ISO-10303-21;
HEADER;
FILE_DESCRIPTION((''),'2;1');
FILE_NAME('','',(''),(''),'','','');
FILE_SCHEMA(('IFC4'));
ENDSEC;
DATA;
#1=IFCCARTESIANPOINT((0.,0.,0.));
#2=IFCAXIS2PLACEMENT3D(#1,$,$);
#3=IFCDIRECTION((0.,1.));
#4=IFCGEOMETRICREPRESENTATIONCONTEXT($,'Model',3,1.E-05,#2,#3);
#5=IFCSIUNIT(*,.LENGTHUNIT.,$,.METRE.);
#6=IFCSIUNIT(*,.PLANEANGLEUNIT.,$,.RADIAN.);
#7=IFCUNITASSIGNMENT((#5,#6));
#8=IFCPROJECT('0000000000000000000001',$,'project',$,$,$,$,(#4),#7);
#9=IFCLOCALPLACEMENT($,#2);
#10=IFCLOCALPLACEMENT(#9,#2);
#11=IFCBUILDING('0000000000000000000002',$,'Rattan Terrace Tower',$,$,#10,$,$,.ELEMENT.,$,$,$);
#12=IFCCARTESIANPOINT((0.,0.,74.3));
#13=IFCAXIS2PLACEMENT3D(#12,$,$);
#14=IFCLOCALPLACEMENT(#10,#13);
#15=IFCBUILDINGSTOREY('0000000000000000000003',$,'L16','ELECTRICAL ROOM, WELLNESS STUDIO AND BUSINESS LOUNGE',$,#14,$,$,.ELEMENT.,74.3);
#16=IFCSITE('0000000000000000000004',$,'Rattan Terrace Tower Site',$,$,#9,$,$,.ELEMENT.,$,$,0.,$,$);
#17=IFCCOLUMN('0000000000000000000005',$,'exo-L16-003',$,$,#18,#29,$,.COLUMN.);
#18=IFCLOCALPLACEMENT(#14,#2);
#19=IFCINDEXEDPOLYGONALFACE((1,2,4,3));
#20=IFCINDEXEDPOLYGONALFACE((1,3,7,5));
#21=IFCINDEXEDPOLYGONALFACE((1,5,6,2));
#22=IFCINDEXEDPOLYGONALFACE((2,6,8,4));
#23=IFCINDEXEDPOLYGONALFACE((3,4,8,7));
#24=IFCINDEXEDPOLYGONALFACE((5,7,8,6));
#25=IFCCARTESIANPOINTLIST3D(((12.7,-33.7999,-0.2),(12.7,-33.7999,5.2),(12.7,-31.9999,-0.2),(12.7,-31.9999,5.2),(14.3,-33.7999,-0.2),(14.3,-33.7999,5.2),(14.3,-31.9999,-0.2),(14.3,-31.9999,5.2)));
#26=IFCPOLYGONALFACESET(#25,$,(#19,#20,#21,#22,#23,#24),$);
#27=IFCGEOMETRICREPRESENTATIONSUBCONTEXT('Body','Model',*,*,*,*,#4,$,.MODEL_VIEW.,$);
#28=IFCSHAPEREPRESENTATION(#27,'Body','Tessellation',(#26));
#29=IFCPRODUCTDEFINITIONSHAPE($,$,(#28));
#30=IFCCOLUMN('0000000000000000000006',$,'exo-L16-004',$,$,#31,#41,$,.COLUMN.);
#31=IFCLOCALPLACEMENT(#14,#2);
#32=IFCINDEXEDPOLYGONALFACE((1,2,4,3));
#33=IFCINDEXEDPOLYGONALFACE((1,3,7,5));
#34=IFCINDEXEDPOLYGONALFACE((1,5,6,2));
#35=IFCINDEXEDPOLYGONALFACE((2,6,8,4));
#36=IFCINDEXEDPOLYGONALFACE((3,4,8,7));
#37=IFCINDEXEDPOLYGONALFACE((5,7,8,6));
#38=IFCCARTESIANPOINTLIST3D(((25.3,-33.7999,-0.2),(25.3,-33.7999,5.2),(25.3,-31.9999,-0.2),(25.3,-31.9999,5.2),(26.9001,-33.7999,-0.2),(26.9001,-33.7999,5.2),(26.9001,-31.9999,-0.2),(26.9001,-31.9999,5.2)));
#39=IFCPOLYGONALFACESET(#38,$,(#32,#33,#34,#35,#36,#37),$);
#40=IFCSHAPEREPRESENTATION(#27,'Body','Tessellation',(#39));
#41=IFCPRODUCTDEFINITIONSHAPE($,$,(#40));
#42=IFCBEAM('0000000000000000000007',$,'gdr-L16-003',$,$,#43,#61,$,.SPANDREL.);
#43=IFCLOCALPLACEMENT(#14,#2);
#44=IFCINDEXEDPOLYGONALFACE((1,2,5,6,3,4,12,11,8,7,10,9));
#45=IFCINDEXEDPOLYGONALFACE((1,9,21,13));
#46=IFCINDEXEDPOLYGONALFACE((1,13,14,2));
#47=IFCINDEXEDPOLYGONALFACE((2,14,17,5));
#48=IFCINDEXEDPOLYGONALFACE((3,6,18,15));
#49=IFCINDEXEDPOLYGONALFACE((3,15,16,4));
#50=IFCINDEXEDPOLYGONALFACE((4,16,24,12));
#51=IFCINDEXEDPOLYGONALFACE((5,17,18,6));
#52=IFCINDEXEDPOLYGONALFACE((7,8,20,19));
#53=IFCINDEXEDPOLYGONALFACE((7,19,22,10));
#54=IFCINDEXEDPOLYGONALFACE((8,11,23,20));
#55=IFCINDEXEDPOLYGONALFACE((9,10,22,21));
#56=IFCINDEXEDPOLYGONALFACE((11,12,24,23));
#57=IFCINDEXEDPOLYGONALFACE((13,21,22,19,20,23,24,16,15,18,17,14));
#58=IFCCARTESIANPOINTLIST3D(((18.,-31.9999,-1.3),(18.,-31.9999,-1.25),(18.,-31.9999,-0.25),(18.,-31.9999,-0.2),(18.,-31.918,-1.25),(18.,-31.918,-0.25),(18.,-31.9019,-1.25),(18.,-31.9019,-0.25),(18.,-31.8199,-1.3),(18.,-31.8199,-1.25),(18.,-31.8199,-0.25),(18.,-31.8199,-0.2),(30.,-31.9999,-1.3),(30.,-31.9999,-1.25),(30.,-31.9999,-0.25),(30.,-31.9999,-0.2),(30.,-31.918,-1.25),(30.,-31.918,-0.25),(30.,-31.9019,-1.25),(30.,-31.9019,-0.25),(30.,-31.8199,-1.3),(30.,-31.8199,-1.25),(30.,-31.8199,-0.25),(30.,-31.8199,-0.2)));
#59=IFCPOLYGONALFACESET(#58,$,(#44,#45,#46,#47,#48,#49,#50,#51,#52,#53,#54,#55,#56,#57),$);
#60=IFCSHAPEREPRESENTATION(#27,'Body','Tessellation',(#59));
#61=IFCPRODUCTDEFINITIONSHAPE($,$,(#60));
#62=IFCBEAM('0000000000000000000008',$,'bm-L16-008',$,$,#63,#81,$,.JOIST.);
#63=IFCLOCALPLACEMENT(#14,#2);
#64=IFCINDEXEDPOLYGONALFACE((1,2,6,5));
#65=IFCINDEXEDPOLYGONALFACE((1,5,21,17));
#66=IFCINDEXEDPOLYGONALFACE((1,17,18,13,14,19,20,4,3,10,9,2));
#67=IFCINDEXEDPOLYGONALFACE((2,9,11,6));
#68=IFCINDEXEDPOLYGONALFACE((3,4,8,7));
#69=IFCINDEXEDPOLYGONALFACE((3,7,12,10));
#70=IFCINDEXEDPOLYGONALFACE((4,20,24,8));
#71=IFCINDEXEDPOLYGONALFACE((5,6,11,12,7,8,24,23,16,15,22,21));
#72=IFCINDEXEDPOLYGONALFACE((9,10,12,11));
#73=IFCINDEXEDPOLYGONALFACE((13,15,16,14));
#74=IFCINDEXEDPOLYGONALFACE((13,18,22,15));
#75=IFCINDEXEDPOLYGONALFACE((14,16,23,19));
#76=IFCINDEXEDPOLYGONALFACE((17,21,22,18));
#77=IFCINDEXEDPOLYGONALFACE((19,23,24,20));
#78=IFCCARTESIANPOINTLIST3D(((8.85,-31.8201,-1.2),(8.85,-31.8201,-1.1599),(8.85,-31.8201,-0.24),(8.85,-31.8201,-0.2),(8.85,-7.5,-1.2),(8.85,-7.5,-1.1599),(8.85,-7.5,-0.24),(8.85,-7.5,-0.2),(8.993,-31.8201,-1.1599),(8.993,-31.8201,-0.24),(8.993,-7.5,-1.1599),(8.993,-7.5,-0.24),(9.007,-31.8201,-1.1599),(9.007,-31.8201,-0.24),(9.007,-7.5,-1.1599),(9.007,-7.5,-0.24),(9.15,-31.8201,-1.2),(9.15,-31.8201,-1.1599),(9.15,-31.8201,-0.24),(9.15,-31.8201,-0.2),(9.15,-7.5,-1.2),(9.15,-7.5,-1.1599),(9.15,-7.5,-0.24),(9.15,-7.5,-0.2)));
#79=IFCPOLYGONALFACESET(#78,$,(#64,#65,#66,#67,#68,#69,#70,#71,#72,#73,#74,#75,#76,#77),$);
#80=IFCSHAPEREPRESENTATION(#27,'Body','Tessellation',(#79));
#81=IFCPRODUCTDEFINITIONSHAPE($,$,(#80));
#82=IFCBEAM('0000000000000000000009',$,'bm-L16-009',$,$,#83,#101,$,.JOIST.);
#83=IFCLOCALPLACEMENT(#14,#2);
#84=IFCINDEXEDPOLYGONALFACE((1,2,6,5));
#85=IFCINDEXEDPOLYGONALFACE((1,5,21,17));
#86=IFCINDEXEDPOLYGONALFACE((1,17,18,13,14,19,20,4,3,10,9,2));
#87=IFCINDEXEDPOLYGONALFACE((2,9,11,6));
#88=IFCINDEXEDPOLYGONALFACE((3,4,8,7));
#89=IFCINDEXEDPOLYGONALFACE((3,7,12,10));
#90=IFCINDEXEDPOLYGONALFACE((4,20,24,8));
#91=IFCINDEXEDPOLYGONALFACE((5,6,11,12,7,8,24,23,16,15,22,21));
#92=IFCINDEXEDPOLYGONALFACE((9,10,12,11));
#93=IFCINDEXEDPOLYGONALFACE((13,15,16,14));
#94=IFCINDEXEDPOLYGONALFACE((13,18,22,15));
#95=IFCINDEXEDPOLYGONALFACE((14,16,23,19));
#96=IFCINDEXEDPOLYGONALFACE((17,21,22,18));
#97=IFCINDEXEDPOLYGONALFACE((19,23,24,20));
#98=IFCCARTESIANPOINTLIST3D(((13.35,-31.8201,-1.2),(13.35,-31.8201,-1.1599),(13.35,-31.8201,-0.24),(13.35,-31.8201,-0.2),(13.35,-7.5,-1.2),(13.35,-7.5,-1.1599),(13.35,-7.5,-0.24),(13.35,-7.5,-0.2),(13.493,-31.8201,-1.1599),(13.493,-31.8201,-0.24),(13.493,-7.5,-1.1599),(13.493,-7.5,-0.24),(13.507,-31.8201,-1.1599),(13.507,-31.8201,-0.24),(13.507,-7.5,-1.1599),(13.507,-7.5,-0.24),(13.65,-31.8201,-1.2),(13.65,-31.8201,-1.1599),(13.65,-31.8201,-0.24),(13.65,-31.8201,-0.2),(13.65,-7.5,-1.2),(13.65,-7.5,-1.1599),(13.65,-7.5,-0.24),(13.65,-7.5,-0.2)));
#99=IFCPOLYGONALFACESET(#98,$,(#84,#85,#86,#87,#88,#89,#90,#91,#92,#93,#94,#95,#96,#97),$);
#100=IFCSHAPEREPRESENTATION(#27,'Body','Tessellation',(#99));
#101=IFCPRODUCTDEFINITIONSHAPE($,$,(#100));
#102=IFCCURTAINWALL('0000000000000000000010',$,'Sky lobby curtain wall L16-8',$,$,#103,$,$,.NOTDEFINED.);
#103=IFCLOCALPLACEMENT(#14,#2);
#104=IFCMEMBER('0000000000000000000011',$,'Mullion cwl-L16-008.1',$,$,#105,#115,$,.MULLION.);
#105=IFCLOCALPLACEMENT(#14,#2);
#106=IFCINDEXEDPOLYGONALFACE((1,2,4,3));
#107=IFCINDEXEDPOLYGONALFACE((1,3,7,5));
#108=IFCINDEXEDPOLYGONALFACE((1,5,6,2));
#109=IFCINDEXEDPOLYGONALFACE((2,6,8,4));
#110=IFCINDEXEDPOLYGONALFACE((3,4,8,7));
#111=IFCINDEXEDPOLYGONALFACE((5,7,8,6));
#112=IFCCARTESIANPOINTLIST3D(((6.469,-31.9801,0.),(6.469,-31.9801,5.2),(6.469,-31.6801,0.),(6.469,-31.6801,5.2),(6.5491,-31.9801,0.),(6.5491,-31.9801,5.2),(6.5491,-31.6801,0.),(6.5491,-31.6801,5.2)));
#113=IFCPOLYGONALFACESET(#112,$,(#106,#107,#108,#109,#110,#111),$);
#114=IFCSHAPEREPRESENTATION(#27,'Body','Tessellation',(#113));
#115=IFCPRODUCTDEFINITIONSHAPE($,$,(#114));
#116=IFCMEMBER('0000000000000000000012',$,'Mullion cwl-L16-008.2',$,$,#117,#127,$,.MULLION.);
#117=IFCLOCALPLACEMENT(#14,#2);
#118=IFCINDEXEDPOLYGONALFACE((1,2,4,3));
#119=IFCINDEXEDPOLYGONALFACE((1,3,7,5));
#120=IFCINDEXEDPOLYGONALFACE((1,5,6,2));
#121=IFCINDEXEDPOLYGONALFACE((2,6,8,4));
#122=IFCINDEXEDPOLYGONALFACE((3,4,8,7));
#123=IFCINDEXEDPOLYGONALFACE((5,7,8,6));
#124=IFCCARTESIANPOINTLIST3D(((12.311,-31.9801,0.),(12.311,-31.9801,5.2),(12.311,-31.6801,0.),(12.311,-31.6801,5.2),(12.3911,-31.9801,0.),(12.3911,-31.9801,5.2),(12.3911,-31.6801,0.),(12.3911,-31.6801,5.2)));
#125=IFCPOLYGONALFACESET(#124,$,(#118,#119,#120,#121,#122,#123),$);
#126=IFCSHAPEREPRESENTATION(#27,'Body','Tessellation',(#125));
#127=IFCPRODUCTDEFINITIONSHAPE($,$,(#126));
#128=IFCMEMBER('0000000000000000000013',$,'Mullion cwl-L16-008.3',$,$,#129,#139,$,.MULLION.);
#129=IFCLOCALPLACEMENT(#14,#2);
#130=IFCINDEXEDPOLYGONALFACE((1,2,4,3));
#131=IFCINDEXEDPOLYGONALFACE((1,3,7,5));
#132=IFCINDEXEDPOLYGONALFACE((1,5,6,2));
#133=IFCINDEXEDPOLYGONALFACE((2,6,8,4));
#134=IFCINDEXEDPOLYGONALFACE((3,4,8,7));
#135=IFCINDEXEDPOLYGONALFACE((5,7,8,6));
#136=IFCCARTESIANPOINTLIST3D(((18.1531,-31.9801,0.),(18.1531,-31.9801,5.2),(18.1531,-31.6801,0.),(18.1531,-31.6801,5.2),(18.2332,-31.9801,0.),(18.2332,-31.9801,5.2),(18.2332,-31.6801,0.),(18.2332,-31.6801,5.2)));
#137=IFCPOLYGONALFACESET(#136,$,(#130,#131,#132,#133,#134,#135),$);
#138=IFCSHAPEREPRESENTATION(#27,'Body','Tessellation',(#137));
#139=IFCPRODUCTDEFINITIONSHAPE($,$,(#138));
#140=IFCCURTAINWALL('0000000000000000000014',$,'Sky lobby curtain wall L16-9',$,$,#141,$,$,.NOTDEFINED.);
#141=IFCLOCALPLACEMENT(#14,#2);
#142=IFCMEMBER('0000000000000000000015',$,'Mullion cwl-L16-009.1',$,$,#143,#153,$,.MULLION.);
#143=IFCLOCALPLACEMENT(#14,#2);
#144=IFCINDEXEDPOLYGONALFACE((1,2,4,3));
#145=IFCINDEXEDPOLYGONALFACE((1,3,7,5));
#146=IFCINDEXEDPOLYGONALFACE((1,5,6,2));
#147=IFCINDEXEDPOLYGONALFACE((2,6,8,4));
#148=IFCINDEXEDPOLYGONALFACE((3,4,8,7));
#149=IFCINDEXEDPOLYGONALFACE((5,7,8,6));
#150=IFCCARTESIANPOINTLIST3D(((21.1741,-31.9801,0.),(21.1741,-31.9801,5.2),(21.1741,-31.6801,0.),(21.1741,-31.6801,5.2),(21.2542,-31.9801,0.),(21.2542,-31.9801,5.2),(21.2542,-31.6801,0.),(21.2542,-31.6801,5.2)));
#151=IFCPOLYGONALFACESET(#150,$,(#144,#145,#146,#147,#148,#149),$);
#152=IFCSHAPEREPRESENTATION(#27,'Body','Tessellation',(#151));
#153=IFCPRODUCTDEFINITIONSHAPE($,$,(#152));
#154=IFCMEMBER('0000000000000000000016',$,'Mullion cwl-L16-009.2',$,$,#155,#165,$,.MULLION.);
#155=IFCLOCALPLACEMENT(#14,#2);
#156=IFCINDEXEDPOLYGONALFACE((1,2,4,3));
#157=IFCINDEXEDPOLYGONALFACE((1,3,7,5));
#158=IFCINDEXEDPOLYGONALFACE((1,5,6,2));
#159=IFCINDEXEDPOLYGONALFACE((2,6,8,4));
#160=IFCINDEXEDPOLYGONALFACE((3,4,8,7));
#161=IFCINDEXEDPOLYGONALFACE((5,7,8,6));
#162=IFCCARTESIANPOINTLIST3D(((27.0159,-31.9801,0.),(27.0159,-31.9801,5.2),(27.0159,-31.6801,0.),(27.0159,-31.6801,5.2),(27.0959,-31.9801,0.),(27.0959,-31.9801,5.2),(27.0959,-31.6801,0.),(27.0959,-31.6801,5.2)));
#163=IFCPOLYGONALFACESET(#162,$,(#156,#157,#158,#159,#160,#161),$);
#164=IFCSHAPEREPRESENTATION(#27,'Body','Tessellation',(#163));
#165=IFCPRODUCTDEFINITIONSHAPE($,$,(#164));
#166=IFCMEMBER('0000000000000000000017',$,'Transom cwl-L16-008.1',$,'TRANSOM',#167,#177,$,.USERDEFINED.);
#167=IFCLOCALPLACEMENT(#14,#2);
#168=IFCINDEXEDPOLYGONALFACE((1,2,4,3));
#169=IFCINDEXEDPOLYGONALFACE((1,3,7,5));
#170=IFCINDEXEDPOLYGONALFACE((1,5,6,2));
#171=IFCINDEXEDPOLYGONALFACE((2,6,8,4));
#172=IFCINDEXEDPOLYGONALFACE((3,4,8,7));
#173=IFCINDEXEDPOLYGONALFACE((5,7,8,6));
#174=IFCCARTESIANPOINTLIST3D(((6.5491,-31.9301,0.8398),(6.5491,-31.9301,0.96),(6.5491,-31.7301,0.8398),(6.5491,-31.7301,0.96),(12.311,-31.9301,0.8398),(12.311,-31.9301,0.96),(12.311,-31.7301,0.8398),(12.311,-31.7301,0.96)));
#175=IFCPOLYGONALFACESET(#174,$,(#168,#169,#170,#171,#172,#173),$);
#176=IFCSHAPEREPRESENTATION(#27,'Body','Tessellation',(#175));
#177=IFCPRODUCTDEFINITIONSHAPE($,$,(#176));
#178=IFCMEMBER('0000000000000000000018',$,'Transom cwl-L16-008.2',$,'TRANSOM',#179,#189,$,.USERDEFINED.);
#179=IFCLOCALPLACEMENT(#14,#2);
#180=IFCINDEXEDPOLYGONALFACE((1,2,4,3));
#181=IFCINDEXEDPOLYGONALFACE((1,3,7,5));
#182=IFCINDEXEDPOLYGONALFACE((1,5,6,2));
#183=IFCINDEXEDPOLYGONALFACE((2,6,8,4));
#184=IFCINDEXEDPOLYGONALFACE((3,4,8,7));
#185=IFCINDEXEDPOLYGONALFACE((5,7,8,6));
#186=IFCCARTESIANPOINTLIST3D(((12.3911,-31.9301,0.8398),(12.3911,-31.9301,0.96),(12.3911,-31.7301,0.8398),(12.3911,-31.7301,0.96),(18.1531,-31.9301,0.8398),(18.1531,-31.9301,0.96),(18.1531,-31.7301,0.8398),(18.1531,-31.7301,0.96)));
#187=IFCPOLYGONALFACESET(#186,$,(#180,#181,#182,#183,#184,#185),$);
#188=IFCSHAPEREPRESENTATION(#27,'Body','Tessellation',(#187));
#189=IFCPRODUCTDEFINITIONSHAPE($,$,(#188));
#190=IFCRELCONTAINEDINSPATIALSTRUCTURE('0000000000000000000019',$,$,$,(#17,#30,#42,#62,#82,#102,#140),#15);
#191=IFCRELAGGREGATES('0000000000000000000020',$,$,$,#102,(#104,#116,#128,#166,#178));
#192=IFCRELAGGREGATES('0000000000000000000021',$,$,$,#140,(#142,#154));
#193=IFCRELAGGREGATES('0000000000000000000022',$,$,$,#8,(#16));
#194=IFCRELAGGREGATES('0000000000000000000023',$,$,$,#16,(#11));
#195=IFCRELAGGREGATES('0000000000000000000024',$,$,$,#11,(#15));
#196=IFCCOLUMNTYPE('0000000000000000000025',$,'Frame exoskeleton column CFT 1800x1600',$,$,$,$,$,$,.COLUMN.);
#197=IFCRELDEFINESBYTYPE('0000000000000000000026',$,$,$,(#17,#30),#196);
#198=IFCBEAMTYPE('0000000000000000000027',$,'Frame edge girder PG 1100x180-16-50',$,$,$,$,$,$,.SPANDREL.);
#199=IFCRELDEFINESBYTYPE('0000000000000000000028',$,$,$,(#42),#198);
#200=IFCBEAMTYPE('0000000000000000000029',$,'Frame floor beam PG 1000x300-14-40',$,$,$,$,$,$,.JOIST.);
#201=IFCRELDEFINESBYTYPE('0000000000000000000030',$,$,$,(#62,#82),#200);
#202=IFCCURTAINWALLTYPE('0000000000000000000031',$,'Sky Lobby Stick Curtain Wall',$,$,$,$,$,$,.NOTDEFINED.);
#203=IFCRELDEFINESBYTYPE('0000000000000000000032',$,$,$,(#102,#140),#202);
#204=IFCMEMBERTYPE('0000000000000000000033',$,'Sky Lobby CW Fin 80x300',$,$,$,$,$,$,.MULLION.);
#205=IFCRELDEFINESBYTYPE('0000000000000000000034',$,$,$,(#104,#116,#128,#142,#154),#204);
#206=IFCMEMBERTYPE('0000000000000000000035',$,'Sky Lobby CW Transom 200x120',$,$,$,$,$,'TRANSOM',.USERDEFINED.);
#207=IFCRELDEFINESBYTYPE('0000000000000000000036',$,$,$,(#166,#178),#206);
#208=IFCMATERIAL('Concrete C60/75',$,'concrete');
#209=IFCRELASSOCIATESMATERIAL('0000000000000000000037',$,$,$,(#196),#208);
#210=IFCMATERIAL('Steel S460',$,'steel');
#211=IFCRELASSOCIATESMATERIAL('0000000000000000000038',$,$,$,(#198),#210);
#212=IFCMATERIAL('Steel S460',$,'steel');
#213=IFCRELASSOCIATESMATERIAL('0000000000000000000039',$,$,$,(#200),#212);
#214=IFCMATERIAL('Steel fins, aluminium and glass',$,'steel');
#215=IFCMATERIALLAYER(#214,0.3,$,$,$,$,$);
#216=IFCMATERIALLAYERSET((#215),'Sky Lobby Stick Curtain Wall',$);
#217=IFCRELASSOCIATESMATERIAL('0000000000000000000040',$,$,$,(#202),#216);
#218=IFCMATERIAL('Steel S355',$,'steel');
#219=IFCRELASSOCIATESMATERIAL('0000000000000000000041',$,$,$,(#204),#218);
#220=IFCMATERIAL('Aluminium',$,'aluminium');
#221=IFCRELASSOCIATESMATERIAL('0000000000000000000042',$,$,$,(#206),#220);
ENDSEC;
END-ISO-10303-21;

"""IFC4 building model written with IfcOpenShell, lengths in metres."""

from ifc_helpers import new_model, si_unit, direction, frame, origin, origin_2d, place, context, subcontext, project, spatial, rectangle, i_section, extrude, material, layer, layer_set, material_profile, profile_set, type_object, element, aggregate, save


model = new_model("IFC4")

# Units and contexts
model_context = context("Model", 3, precision=1e-05, world=origin(), true_north=direction((0.0, 1.0)))
body_context = subcontext(model_context, "Body", "Model", "MODEL_VIEW")
ifc_project = project(units=[si_unit("LENGTHUNIT", "METRE"), si_unit("PLANEANGLEUNIT", "RADIAN")], contexts=[model_context])

# Site, building, storey
site_placement = place(None, origin())
site = spatial("IfcSite", under=ifc_project, at=site_placement, Name="Rattan Terrace Tower Site", CompositionType="ELEMENT", RefElevation=0.0)
building_placement = place(site_placement, origin())
building = spatial("IfcBuilding", under=site, at=building_placement, Name="Rattan Terrace Tower", CompositionType="ELEMENT")
storey_placement = place(building_placement, frame((0.0, 0.0, 74.3)))
storey = spatial("IfcBuildingStorey", under=building, at=storey_placement, Name="L16", Description="ELECTRICAL ROOM, WELLNESS STUDIO AND BUSINESS LOUNGE", CompositionType="ELEMENT", Elevation=74.3)

# Columns
ifc_material_1 = material(Name="Concrete C60/75", Category="concrete")
ifc_material_profile_1 = material_profile(ifc_material_1, rectangle(XDim=1.6001, YDim=1.8, at=origin_2d()), Name="CFT 1800x1600")
ifc_profile_set_1 = profile_set([ifc_material_profile_1], Name="Concrete C60/75")
column_type = type_object("IfcColumnType", Name="Frame exoskeleton column CFT 1800x1600", PredefinedType="COLUMN", material=ifc_profile_set_1)
for number, where, z_axis, x_axis, name in (
    (1, (13.5, -32.8999, -0.2), (0.0, 0.0, 1.0), (1.0, 0.0, 0.0), "exo-L16-003"),
    (2, (26.1001, -32.8999, -0.2), (0.0, 0.0, 1.0), (1.0, 0.0, 0.0), "exo-L16-004"),
):
    element("IfcColumn", number, at=place(storey_placement, frame(where, z_axis=z_axis, x_axis=x_axis)), inside=storey, type_object=column_type, Name=name, PredefinedType="COLUMN", context=body_context, shape_type="SweptSolid", body=[
        extrude(rectangle(XDim=1.6001, YDim=1.8, at=origin_2d()), origin(), (0.0, 0.0, 1.0), 5.3999),
    ])

# Beams
ifc_material_2 = material(Name="Steel S460", Category="steel")
ifc_material_profile_2 = material_profile(ifc_material_2, i_section(OverallWidth=0.1799, OverallDepth=1.1001, WebThickness=0.0161, FlangeThickness=0.05, at=origin_2d()), Name="PG 1100x180-16-50")
ifc_profile_set_2 = profile_set([ifc_material_profile_2], Name="Steel S460")
beam_type_1 = type_object("IfcBeamType", Name="Frame edge girder PG 1100x180-16-50", PredefinedType="SPANDREL", material=ifc_profile_set_2)
beam_placement = place(storey_placement, frame((30.0, -31.9099, -0.75), z_axis=(-1.0, 0.0, 0.0), x_axis=(0.0, -1.0, 0.0)))
element("IfcBeam", 3, at=beam_placement, inside=storey, type_object=beam_type_1, Name="gdr-L16-003", PredefinedType="SPANDREL", context=body_context, shape_type="SweptSolid", body=[
    extrude(i_section(OverallWidth=0.1799, OverallDepth=1.1001, WebThickness=0.0161, FlangeThickness=0.05, at=origin_2d()), origin(), (0.0, 0.0, 1.0), 12.0),
])
ifc_material_3 = material(Name="Steel S460", Category="steel")
ifc_material_profile_3 = material_profile(ifc_material_3, i_section(OverallWidth=0.3, OverallDepth=1.0, WebThickness=0.0139, FlangeThickness=0.04, at=origin_2d()), Name="PG 1000x300-14-40")
ifc_profile_set_3 = profile_set([ifc_material_profile_3], Name="Steel S460")
beam_type_2 = type_object("IfcBeamType", Name="Frame floor beam PG 1000x300-14-40", PredefinedType="JOIST", material=ifc_profile_set_3)
for number, where, z_axis, x_axis, name in (
    (4, (9.0, -31.8201, -0.7), (0.0, 1.0, 0.0), (-1.0, 0.0, 0.0), "bm-L16-008"),
    (5, (13.5, -31.8201, -0.7), (0.0, 1.0, 0.0), (-1.0, 0.0, 0.0), "bm-L16-009"),
):
    element("IfcBeam", number, at=place(storey_placement, frame(where, z_axis=z_axis, x_axis=x_axis)), inside=storey, type_object=beam_type_2, Name=name, PredefinedType="JOIST", context=body_context, shape_type="SweptSolid", body=[
        extrude(i_section(OverallWidth=0.3, OverallDepth=1.0, WebThickness=0.0139, FlangeThickness=0.04, at=origin_2d()), origin(), (0.0, 0.0, 1.0), 24.3201),
    ])

# Curtain walls, members
ifc_material_4 = material(Name="Steel fins, aluminium and glass", Category="steel")
ifc_layer_1 = layer(ifc_material_4, 0.3)
ifc_layer_set_1 = layer_set([ifc_layer_1], Name="Sky Lobby Stick Curtain Wall")
curtain_wall_type = type_object("IfcCurtainWallType", Name="Sky Lobby Stick Curtain Wall", PredefinedType="NOTDEFINED", material=ifc_layer_set_1)
curtain_wall_1_placement = place(storey_placement, origin())
curtain_wall_1 = element("IfcCurtainWall", 6, at=curtain_wall_1_placement, inside=storey, type_object=curtain_wall_type, Name="Sky lobby curtain wall L16-8", PredefinedType="NOTDEFINED")
ifc_material_5 = material(Name="Steel S355", Category="steel")
ifc_material_profile_4 = material_profile(ifc_material_5, rectangle(XDim=0.0801, YDim=0.3, at=origin_2d()), Name="Steel S355 80x300")
ifc_profile_set_4 = profile_set([ifc_material_profile_4], Name="Steel S355")
member_type_1 = type_object("IfcMemberType", Name="Sky Lobby CW Fin 80x300", PredefinedType="MULLION", material=ifc_profile_set_4)
member_1_placement = place(storey_placement, frame((6.509, -31.8301, 0.0), z_axis=(0.0, 0.0, 1.0), x_axis=(1.0, 0.0, 0.0)))
member_1 = element("IfcMember", 7, at=member_1_placement, type_object=member_type_1, Name="Mullion cwl-L16-008.1", PredefinedType="MULLION", context=body_context, shape_type="SweptSolid", body=[
    extrude(rectangle(XDim=0.0801, YDim=0.3, at=origin_2d()), origin(), (0.0, 0.0, 1.0), 5.2),
])
member_2_placement = place(storey_placement, frame((12.3511, -31.8301, 0.0), z_axis=(0.0, 0.0, 1.0), x_axis=(1.0, 0.0, 0.0)))
member_2 = element("IfcMember", 8, at=member_2_placement, type_object=member_type_1, Name="Mullion cwl-L16-008.2", PredefinedType="MULLION", context=body_context, shape_type="SweptSolid", body=[
    extrude(rectangle(XDim=0.0801, YDim=0.3, at=origin_2d()), origin(), (0.0, 0.0, 1.0), 5.2),
])
member_3_placement = place(storey_placement, frame((18.1931, -31.8301, 0.0), z_axis=(0.0, 0.0, 1.0), x_axis=(1.0, 0.0, 0.0)))
member_3 = element("IfcMember", 9, at=member_3_placement, type_object=member_type_1, Name="Mullion cwl-L16-008.3", PredefinedType="MULLION", context=body_context, shape_type="SweptSolid", body=[
    extrude(rectangle(XDim=0.0801, YDim=0.3, at=origin_2d()), origin(), (0.0, 0.0, 1.0), 5.2),
])
curtain_wall_2_placement = place(storey_placement, origin())
curtain_wall_2 = element("IfcCurtainWall", 10, at=curtain_wall_2_placement, inside=storey, type_object=curtain_wall_type, Name="Sky lobby curtain wall L16-9", PredefinedType="NOTDEFINED")
member_4_placement = place(storey_placement, frame((21.2141, -31.8301, 0.0), z_axis=(0.0, 0.0, 1.0), x_axis=(1.0, 0.0, 0.0)))
member_4 = element("IfcMember", 11, at=member_4_placement, type_object=member_type_1, Name="Mullion cwl-L16-009.1", PredefinedType="MULLION", context=body_context, shape_type="SweptSolid", body=[
    extrude(rectangle(XDim=0.0801, YDim=0.3, at=origin_2d()), origin(), (0.0, 0.0, 1.0), 5.2),
])
member_5_placement = place(storey_placement, frame((27.0559, -31.8301, 0.0), z_axis=(0.0, 0.0, 1.0), x_axis=(1.0, 0.0, 0.0)))
member_5 = element("IfcMember", 12, at=member_5_placement, type_object=member_type_1, Name="Mullion cwl-L16-009.2", PredefinedType="MULLION", context=body_context, shape_type="SweptSolid", body=[
    extrude(rectangle(XDim=0.0801, YDim=0.3, at=origin_2d()), origin(), (0.0, 0.0, 1.0), 5.2),
])

# Members
ifc_material_6 = material(Name="Aluminium", Category="aluminium")
ifc_material_profile_5 = material_profile(ifc_material_6, rectangle(XDim=0.2, YDim=0.1201, at=origin_2d()), Name="Aluminium 200x120")
ifc_profile_set_5 = profile_set([ifc_material_profile_5], Name="Aluminium")
member_type_2 = type_object("IfcMemberType", Name="Sky Lobby CW Transom 200x120", ElementType="TRANSOM", PredefinedType="USERDEFINED", material=ifc_profile_set_5)
member_6_placement = place(storey_placement, frame((6.5491, -31.8301, 0.8999), z_axis=(1.0, 0.0, 0.0), x_axis=(0.0, 1.0, 0.0)))
member_6 = element("IfcMember", 13, at=member_6_placement, type_object=member_type_2, Name="Transom cwl-L16-008.1", ObjectType="TRANSOM", PredefinedType="USERDEFINED", context=body_context, shape_type="SweptSolid", body=[
    extrude(rectangle(XDim=0.2, YDim=0.1201, at=origin_2d()), origin(), (0.0, 0.0, 1.0), 5.762),
])
member_7_placement = place(storey_placement, frame((12.3911, -31.8301, 0.8999), z_axis=(1.0, 0.0, 0.0), x_axis=(0.0, 1.0, 0.0)))
member_7 = element("IfcMember", 14, at=member_7_placement, type_object=member_type_2, Name="Transom cwl-L16-008.2", ObjectType="TRANSOM", PredefinedType="USERDEFINED", context=body_context, shape_type="SweptSolid", body=[
    extrude(rectangle(XDim=0.2, YDim=0.1201, at=origin_2d()), origin(), (0.0, 0.0, 1.0), 5.762),
])

aggregate(curtain_wall_1, [member_1, member_2, member_3, member_6, member_7])
aggregate(curtain_wall_2, [member_4, member_5])

save(model, "model.ifc")
